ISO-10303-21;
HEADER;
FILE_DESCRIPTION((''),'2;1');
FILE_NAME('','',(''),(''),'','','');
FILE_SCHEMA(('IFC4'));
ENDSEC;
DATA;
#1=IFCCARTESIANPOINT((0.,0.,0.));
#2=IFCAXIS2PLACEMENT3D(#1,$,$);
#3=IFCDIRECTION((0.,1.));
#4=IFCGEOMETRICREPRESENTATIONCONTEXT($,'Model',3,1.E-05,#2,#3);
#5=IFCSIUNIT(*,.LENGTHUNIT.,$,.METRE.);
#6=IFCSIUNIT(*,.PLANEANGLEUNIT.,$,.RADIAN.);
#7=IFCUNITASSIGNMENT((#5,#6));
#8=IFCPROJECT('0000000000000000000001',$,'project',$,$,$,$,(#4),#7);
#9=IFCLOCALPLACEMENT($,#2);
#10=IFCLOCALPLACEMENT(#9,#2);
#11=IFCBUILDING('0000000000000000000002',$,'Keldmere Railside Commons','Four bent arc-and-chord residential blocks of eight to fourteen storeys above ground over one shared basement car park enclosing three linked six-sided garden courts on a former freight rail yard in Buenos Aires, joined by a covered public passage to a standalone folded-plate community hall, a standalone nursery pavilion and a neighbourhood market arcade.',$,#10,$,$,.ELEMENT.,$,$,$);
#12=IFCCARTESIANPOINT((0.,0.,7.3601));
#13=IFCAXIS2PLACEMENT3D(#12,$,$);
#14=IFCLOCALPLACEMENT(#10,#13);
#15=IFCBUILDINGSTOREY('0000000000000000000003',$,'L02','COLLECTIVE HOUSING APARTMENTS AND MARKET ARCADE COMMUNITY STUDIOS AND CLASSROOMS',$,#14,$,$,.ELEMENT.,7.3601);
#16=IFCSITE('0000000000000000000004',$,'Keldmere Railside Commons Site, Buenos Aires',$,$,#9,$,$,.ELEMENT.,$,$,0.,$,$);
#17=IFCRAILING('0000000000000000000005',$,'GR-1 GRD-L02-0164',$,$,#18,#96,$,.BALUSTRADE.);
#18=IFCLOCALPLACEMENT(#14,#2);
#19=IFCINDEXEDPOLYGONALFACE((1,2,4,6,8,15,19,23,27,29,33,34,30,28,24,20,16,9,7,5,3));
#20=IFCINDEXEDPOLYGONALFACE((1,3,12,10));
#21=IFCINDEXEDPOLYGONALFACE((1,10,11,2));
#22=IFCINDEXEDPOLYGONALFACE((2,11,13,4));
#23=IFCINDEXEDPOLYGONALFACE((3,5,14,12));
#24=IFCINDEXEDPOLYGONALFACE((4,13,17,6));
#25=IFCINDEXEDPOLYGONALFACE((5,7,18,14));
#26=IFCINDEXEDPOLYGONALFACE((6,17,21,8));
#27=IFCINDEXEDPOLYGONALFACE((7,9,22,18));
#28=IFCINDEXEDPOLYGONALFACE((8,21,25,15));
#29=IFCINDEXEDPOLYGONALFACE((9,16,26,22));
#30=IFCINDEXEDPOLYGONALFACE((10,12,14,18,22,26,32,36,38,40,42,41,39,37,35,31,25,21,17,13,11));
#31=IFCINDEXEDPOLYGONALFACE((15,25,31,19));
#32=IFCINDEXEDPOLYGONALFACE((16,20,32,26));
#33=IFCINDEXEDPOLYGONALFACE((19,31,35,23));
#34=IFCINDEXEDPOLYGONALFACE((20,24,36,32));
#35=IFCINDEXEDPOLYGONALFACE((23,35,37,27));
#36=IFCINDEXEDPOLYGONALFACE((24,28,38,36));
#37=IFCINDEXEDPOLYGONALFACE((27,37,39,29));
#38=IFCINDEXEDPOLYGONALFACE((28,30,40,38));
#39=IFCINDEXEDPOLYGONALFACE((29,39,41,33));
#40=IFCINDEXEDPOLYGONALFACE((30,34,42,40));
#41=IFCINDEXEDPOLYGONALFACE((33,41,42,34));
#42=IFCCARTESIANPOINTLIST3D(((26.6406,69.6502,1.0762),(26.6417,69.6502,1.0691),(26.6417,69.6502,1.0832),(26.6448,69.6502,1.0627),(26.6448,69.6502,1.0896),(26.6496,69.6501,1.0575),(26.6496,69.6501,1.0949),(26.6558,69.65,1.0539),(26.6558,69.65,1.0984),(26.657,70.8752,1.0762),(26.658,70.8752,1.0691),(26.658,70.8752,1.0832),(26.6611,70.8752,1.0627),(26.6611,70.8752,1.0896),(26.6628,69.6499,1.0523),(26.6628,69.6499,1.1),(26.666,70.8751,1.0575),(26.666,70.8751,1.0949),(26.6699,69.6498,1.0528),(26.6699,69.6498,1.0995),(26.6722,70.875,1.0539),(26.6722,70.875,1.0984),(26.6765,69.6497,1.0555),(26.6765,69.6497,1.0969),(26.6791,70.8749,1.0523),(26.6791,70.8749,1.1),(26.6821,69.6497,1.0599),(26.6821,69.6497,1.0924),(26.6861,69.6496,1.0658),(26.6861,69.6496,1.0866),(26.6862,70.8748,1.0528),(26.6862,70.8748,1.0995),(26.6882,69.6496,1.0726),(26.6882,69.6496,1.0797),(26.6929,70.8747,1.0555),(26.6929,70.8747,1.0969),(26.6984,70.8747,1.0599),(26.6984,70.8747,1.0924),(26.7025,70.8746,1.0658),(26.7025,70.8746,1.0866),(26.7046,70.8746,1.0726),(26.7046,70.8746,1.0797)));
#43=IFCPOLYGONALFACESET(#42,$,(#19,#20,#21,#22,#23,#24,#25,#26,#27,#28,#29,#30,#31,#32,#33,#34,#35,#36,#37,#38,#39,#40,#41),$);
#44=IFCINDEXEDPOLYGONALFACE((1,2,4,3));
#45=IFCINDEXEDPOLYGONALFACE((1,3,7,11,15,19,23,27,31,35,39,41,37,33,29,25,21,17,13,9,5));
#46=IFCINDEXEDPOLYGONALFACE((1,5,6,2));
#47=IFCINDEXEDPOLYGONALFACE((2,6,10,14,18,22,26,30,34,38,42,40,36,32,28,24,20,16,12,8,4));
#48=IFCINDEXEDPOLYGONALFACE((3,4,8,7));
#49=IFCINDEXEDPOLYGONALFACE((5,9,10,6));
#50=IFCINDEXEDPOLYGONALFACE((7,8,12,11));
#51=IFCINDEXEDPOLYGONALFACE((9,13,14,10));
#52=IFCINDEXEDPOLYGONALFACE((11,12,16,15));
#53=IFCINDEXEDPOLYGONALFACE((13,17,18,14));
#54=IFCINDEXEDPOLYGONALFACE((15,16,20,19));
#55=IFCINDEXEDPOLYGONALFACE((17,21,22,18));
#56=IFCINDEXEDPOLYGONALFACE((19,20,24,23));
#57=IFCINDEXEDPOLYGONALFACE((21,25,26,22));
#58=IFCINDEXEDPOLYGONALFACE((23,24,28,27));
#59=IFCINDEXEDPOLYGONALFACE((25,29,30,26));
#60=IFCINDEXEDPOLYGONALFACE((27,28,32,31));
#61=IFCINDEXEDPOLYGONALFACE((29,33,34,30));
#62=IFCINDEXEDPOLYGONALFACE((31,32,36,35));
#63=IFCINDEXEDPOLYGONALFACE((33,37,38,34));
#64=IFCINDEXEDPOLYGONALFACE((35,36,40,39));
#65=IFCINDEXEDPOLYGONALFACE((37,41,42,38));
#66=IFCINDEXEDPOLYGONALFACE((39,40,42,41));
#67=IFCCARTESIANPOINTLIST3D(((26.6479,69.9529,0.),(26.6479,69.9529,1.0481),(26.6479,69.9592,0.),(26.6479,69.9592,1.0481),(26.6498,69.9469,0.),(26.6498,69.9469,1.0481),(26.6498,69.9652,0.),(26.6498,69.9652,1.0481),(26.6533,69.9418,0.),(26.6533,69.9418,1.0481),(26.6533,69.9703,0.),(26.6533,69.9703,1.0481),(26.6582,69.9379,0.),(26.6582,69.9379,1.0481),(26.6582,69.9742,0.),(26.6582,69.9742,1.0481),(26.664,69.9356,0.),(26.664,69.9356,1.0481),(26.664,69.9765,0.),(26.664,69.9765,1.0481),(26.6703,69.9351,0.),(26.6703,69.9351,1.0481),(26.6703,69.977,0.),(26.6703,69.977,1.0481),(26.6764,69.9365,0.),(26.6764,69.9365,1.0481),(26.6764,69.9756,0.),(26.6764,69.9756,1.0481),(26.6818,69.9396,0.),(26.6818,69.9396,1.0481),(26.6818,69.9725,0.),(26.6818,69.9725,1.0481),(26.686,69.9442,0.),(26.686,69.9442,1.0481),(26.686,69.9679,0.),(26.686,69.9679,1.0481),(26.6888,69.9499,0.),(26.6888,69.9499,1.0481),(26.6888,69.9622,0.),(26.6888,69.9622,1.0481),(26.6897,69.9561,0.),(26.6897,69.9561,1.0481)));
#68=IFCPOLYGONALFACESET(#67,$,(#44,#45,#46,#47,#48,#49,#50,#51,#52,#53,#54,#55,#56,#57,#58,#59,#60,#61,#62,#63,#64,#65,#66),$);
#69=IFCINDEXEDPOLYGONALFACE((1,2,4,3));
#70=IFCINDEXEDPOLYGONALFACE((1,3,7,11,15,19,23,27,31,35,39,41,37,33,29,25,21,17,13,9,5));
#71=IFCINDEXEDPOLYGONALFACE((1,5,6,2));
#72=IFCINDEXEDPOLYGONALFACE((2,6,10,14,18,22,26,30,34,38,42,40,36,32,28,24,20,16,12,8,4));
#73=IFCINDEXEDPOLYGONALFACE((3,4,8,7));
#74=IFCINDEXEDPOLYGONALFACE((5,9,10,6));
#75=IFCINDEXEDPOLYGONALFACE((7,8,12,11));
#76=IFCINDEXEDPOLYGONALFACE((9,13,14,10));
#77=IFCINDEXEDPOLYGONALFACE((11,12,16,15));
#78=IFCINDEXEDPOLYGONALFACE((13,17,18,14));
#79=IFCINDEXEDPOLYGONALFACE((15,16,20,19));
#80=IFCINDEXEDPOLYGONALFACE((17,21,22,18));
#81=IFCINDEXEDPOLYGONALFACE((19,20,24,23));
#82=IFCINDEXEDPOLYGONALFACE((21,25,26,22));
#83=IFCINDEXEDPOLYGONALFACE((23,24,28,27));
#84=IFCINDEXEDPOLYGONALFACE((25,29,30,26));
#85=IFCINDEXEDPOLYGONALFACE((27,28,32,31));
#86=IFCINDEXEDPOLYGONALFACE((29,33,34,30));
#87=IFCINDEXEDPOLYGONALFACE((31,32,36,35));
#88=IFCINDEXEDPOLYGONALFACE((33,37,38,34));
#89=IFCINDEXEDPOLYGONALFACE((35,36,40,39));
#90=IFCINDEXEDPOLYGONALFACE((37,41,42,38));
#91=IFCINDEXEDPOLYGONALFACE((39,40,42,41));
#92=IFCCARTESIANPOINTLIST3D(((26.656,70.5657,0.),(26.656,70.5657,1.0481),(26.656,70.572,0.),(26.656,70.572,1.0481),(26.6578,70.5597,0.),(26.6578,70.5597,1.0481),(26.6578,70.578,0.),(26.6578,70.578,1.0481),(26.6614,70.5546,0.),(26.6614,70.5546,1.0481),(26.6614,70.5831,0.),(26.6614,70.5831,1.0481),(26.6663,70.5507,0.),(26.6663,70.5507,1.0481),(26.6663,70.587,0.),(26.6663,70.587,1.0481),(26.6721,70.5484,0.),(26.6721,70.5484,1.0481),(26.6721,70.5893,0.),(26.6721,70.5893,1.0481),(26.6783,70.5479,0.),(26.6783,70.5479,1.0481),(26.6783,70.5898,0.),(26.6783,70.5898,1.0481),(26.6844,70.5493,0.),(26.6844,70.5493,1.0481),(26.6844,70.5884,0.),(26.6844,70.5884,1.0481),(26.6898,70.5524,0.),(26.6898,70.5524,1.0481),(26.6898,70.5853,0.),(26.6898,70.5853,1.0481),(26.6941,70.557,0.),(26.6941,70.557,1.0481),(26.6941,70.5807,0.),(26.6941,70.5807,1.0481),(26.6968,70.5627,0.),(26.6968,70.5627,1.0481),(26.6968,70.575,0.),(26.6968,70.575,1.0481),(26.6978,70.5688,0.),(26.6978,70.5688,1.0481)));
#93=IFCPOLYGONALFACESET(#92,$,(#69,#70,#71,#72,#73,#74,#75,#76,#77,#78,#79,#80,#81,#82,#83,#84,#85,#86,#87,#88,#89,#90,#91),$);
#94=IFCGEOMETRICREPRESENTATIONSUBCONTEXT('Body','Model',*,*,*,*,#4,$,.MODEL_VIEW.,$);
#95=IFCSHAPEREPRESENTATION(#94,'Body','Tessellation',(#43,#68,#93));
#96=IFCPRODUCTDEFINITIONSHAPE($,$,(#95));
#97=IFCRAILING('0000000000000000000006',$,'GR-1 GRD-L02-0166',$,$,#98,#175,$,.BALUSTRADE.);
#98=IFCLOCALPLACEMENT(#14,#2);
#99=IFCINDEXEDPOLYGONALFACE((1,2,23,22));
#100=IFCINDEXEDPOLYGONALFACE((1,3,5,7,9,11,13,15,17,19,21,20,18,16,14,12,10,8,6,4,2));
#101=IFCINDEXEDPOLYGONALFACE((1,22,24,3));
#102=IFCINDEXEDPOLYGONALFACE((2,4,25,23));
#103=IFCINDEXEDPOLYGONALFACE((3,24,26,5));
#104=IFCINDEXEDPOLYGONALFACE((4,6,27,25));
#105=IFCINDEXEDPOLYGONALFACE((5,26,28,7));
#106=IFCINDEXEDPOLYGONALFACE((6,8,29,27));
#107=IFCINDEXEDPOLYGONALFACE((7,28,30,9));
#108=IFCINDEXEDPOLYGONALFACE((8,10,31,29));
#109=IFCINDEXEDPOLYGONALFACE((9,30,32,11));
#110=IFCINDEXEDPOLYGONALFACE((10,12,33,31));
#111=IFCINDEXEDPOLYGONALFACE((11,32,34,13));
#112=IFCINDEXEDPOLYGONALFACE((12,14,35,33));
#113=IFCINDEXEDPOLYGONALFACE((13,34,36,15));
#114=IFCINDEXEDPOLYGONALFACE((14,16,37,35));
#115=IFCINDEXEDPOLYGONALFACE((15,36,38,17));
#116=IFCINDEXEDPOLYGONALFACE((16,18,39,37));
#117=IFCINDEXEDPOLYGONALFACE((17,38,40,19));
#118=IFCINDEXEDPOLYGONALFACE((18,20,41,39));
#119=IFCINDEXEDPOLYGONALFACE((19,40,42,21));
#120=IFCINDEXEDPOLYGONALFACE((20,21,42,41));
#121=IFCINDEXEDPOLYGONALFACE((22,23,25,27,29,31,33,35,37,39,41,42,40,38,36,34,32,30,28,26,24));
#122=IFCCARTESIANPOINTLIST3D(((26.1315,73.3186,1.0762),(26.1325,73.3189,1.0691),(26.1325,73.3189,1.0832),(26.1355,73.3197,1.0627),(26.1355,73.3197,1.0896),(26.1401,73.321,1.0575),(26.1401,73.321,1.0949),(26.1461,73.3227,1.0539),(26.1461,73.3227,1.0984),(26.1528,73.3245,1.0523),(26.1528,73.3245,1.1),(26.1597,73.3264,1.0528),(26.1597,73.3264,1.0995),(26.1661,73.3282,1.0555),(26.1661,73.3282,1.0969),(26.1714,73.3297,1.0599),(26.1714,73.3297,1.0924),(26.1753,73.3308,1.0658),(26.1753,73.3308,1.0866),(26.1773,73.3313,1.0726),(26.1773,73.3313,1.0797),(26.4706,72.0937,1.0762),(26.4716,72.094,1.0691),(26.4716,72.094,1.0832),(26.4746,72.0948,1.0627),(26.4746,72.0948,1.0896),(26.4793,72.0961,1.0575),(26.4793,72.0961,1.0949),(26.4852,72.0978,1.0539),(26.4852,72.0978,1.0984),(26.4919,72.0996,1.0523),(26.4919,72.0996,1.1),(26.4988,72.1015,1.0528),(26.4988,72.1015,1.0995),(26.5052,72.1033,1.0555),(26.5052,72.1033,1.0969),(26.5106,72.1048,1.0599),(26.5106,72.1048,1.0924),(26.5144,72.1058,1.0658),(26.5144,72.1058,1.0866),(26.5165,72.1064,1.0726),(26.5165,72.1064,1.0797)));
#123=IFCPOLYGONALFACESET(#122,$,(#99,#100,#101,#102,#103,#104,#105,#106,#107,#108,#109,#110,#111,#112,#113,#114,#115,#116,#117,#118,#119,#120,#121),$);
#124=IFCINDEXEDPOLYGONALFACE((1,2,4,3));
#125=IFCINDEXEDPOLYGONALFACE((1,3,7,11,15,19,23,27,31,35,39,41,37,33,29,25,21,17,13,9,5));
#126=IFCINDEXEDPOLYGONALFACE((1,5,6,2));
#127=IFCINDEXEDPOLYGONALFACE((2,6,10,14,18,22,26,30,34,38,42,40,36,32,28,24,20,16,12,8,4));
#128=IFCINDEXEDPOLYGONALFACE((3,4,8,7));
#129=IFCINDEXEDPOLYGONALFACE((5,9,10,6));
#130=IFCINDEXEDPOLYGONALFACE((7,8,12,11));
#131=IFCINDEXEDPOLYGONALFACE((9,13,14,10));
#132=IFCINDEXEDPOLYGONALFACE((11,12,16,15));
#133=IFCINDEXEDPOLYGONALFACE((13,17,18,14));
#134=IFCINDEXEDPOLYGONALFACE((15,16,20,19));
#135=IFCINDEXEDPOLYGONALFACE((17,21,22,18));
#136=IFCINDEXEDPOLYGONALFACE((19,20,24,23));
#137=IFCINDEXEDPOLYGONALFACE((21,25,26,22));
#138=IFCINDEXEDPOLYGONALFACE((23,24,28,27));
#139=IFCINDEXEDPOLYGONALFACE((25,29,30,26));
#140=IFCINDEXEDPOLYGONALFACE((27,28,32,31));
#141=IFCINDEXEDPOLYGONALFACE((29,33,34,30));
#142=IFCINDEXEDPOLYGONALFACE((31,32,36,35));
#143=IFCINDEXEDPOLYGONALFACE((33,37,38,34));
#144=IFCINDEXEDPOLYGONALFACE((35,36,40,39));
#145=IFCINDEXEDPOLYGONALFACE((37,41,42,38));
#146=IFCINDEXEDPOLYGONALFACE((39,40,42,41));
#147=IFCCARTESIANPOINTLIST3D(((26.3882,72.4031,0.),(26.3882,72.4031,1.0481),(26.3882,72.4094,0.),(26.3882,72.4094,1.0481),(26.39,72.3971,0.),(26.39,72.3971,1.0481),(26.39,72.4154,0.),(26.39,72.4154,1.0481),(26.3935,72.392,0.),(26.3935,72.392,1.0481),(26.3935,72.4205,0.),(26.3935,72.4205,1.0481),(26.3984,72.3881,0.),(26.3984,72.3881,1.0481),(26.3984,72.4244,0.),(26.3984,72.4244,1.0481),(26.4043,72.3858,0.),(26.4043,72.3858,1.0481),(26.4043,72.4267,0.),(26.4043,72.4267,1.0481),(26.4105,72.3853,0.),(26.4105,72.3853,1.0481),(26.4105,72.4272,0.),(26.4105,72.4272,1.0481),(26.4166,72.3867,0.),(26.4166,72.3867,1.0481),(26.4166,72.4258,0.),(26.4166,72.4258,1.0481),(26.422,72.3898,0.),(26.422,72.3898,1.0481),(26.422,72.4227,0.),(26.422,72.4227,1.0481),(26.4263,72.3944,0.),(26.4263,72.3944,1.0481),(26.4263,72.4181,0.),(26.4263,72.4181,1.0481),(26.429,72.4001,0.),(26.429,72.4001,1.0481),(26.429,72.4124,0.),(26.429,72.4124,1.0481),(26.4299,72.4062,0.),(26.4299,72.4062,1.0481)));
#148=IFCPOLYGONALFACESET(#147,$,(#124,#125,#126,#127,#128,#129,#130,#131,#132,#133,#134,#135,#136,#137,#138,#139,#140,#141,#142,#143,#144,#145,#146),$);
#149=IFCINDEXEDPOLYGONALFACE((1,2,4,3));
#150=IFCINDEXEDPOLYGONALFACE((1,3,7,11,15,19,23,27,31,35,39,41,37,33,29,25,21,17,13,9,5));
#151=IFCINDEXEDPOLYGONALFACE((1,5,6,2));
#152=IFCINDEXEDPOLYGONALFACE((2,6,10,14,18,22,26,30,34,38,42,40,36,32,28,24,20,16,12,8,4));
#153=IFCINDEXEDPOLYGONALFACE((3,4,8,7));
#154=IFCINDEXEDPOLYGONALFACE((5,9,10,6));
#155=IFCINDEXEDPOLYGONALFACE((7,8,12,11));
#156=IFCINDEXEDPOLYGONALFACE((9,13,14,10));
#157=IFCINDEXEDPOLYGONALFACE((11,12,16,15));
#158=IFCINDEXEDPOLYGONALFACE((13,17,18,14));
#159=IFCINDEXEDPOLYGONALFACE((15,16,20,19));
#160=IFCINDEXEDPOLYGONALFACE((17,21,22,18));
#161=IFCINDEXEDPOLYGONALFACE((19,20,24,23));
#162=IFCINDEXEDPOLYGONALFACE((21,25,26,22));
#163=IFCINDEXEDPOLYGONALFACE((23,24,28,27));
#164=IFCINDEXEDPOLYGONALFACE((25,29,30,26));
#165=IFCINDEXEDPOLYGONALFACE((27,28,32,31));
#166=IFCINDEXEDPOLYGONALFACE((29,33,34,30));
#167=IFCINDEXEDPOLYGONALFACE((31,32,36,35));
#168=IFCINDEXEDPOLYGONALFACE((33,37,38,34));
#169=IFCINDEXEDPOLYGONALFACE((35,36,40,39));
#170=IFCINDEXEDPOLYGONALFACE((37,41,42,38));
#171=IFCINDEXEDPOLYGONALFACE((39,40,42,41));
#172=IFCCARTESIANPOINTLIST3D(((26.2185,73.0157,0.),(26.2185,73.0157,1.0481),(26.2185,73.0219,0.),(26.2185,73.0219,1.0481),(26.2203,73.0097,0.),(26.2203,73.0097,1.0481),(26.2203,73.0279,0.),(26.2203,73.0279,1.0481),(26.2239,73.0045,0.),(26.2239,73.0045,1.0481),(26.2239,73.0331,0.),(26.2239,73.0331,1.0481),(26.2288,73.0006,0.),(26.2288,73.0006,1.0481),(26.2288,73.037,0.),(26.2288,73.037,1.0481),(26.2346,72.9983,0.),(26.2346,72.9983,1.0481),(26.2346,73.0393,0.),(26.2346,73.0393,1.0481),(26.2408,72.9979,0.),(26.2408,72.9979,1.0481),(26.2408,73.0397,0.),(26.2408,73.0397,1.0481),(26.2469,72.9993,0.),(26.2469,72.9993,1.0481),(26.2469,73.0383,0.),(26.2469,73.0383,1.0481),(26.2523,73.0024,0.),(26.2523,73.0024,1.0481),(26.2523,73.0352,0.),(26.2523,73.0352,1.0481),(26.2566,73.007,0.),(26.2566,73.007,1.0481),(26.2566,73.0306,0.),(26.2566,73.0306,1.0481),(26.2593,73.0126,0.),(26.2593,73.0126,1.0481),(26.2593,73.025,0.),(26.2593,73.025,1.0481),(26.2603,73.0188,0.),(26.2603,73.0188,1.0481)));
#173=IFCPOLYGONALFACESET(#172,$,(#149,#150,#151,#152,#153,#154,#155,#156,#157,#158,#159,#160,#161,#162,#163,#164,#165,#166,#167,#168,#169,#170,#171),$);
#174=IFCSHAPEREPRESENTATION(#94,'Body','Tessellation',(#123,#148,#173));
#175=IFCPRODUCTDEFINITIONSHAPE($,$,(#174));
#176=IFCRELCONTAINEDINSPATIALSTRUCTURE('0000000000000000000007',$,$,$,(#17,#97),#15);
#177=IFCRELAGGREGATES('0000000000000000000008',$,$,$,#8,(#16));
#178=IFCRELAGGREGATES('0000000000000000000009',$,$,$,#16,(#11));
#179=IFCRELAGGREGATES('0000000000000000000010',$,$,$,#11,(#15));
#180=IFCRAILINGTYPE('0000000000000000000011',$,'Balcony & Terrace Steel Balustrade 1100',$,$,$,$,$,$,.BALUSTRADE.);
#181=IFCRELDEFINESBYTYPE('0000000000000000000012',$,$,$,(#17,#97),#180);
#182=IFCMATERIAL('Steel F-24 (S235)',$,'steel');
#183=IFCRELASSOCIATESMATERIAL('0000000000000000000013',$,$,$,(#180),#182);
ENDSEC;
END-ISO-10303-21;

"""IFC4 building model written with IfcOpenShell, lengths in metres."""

from ifc_helpers import new_model, si_unit, direction, frame, origin, origin_2d, place, context, subcontext, project, spatial, circle, extrude, material, type_object, element, save


model = new_model("IFC4")

# Units and contexts
model_context = context("Model", 3, precision=1e-05, world=origin(), true_north=direction((0.0, 1.0)))
body_context = subcontext(model_context, "Body", "Model", "MODEL_VIEW")
ifc_project = project(units=[si_unit("LENGTHUNIT", "METRE"), si_unit("PLANEANGLEUNIT", "RADIAN")], contexts=[model_context])

# Site, building, storey
site_placement = place(None, origin())
site = spatial("IfcSite", under=ifc_project, at=site_placement, Name="Keldmere Railside Commons Site, Buenos Aires", CompositionType="ELEMENT", RefElevation=0.0)
building_placement = place(site_placement, origin())
building = spatial("IfcBuilding", under=site, at=building_placement, Name="Keldmere Railside Commons", Description="Four bent arc-and-chord residential blocks of eight to fourteen storeys above ground over one shared basement car park enclosing three linked six-sided garden courts on a former freight rail yard in Buenos Aires, joined by a covered public passage to a standalone folded-plate community hall, a standalone nursery pavilion and a neighbourhood market arcade.", CompositionType="ELEMENT")
storey_placement = place(building_placement, frame((0.0, 0.0, 7.3601)))
storey = spatial("IfcBuildingStorey", under=building, at=storey_placement, Name="L02", Description="COLLECTIVE HOUSING APARTMENTS AND MARKET ARCADE COMMUNITY STUDIOS AND CLASSROOMS", CompositionType="ELEMENT", Elevation=7.3601)

# Railings
ifc_material_1 = material(Name="Steel F-24 (S235)", Category="steel")
railing_type = type_object("IfcRailingType", Name="Balcony & Terrace Steel Balustrade 1100", PredefinedType="BALUSTRADE", material=ifc_material_1)
railing_1_placement = place(storey_placement, frame((26.6646, 69.6499, 0.0)))
element("IfcRailing", 1, at=railing_1_placement, inside=storey, type_object=railing_type, Name="GR-1 GRD-L02-0164", PredefinedType="BALUSTRADE", context=body_context, shape_type="SweptSolid", body=[
    extrude(circle(Radius=0.0239, at=origin_2d()), frame((0.0, 0.0, 1.0762), z_axis=(0.013351, 0.999911, 0.0), x_axis=(-0.999911, 0.013351, 0.0)), (0.0, 0.0, 1.0), 1.2251),
    extrude(circle(Radius=0.021, at=origin_2d()), frame((0.0042, 0.3062, 0.0)), (0.0, 0.0, 1.0), 1.0481),
    extrude(circle(Radius=0.021, at=origin_2d()), frame((0.0122, 0.9189, 0.0)), (0.0, 0.0, 1.0), 1.0481),
])
railing_2_placement = place(storey_placement, frame((26.4937, 72.1001, 0.0)))
element("IfcRailing", 2, at=railing_2_placement, inside=storey, type_object=railing_type, Name="GR-1 GRD-L02-0166", PredefinedType="BALUSTRADE", context=body_context, shape_type="SweptSolid", body=[
    extrude(circle(Radius=0.0239, at=origin_2d()), frame((0.0, 0.0, 1.0762), z_axis=(-0.266821, 0.963746, 0.0), x_axis=(-0.963746, -0.266821, 0.0)), (0.0, 0.0, 1.0), 1.271),
    extrude(circle(Radius=0.021, at=origin_2d()), frame((-0.0847, 0.3062, 0.0)), (0.0, 0.0, 1.0), 1.0481),
    extrude(circle(Radius=0.021, at=origin_2d()), frame((-0.2544, 0.9187, 0.0)), (0.0, 0.0, 1.0), 1.0481),
])

save(model, "model.ifc")
